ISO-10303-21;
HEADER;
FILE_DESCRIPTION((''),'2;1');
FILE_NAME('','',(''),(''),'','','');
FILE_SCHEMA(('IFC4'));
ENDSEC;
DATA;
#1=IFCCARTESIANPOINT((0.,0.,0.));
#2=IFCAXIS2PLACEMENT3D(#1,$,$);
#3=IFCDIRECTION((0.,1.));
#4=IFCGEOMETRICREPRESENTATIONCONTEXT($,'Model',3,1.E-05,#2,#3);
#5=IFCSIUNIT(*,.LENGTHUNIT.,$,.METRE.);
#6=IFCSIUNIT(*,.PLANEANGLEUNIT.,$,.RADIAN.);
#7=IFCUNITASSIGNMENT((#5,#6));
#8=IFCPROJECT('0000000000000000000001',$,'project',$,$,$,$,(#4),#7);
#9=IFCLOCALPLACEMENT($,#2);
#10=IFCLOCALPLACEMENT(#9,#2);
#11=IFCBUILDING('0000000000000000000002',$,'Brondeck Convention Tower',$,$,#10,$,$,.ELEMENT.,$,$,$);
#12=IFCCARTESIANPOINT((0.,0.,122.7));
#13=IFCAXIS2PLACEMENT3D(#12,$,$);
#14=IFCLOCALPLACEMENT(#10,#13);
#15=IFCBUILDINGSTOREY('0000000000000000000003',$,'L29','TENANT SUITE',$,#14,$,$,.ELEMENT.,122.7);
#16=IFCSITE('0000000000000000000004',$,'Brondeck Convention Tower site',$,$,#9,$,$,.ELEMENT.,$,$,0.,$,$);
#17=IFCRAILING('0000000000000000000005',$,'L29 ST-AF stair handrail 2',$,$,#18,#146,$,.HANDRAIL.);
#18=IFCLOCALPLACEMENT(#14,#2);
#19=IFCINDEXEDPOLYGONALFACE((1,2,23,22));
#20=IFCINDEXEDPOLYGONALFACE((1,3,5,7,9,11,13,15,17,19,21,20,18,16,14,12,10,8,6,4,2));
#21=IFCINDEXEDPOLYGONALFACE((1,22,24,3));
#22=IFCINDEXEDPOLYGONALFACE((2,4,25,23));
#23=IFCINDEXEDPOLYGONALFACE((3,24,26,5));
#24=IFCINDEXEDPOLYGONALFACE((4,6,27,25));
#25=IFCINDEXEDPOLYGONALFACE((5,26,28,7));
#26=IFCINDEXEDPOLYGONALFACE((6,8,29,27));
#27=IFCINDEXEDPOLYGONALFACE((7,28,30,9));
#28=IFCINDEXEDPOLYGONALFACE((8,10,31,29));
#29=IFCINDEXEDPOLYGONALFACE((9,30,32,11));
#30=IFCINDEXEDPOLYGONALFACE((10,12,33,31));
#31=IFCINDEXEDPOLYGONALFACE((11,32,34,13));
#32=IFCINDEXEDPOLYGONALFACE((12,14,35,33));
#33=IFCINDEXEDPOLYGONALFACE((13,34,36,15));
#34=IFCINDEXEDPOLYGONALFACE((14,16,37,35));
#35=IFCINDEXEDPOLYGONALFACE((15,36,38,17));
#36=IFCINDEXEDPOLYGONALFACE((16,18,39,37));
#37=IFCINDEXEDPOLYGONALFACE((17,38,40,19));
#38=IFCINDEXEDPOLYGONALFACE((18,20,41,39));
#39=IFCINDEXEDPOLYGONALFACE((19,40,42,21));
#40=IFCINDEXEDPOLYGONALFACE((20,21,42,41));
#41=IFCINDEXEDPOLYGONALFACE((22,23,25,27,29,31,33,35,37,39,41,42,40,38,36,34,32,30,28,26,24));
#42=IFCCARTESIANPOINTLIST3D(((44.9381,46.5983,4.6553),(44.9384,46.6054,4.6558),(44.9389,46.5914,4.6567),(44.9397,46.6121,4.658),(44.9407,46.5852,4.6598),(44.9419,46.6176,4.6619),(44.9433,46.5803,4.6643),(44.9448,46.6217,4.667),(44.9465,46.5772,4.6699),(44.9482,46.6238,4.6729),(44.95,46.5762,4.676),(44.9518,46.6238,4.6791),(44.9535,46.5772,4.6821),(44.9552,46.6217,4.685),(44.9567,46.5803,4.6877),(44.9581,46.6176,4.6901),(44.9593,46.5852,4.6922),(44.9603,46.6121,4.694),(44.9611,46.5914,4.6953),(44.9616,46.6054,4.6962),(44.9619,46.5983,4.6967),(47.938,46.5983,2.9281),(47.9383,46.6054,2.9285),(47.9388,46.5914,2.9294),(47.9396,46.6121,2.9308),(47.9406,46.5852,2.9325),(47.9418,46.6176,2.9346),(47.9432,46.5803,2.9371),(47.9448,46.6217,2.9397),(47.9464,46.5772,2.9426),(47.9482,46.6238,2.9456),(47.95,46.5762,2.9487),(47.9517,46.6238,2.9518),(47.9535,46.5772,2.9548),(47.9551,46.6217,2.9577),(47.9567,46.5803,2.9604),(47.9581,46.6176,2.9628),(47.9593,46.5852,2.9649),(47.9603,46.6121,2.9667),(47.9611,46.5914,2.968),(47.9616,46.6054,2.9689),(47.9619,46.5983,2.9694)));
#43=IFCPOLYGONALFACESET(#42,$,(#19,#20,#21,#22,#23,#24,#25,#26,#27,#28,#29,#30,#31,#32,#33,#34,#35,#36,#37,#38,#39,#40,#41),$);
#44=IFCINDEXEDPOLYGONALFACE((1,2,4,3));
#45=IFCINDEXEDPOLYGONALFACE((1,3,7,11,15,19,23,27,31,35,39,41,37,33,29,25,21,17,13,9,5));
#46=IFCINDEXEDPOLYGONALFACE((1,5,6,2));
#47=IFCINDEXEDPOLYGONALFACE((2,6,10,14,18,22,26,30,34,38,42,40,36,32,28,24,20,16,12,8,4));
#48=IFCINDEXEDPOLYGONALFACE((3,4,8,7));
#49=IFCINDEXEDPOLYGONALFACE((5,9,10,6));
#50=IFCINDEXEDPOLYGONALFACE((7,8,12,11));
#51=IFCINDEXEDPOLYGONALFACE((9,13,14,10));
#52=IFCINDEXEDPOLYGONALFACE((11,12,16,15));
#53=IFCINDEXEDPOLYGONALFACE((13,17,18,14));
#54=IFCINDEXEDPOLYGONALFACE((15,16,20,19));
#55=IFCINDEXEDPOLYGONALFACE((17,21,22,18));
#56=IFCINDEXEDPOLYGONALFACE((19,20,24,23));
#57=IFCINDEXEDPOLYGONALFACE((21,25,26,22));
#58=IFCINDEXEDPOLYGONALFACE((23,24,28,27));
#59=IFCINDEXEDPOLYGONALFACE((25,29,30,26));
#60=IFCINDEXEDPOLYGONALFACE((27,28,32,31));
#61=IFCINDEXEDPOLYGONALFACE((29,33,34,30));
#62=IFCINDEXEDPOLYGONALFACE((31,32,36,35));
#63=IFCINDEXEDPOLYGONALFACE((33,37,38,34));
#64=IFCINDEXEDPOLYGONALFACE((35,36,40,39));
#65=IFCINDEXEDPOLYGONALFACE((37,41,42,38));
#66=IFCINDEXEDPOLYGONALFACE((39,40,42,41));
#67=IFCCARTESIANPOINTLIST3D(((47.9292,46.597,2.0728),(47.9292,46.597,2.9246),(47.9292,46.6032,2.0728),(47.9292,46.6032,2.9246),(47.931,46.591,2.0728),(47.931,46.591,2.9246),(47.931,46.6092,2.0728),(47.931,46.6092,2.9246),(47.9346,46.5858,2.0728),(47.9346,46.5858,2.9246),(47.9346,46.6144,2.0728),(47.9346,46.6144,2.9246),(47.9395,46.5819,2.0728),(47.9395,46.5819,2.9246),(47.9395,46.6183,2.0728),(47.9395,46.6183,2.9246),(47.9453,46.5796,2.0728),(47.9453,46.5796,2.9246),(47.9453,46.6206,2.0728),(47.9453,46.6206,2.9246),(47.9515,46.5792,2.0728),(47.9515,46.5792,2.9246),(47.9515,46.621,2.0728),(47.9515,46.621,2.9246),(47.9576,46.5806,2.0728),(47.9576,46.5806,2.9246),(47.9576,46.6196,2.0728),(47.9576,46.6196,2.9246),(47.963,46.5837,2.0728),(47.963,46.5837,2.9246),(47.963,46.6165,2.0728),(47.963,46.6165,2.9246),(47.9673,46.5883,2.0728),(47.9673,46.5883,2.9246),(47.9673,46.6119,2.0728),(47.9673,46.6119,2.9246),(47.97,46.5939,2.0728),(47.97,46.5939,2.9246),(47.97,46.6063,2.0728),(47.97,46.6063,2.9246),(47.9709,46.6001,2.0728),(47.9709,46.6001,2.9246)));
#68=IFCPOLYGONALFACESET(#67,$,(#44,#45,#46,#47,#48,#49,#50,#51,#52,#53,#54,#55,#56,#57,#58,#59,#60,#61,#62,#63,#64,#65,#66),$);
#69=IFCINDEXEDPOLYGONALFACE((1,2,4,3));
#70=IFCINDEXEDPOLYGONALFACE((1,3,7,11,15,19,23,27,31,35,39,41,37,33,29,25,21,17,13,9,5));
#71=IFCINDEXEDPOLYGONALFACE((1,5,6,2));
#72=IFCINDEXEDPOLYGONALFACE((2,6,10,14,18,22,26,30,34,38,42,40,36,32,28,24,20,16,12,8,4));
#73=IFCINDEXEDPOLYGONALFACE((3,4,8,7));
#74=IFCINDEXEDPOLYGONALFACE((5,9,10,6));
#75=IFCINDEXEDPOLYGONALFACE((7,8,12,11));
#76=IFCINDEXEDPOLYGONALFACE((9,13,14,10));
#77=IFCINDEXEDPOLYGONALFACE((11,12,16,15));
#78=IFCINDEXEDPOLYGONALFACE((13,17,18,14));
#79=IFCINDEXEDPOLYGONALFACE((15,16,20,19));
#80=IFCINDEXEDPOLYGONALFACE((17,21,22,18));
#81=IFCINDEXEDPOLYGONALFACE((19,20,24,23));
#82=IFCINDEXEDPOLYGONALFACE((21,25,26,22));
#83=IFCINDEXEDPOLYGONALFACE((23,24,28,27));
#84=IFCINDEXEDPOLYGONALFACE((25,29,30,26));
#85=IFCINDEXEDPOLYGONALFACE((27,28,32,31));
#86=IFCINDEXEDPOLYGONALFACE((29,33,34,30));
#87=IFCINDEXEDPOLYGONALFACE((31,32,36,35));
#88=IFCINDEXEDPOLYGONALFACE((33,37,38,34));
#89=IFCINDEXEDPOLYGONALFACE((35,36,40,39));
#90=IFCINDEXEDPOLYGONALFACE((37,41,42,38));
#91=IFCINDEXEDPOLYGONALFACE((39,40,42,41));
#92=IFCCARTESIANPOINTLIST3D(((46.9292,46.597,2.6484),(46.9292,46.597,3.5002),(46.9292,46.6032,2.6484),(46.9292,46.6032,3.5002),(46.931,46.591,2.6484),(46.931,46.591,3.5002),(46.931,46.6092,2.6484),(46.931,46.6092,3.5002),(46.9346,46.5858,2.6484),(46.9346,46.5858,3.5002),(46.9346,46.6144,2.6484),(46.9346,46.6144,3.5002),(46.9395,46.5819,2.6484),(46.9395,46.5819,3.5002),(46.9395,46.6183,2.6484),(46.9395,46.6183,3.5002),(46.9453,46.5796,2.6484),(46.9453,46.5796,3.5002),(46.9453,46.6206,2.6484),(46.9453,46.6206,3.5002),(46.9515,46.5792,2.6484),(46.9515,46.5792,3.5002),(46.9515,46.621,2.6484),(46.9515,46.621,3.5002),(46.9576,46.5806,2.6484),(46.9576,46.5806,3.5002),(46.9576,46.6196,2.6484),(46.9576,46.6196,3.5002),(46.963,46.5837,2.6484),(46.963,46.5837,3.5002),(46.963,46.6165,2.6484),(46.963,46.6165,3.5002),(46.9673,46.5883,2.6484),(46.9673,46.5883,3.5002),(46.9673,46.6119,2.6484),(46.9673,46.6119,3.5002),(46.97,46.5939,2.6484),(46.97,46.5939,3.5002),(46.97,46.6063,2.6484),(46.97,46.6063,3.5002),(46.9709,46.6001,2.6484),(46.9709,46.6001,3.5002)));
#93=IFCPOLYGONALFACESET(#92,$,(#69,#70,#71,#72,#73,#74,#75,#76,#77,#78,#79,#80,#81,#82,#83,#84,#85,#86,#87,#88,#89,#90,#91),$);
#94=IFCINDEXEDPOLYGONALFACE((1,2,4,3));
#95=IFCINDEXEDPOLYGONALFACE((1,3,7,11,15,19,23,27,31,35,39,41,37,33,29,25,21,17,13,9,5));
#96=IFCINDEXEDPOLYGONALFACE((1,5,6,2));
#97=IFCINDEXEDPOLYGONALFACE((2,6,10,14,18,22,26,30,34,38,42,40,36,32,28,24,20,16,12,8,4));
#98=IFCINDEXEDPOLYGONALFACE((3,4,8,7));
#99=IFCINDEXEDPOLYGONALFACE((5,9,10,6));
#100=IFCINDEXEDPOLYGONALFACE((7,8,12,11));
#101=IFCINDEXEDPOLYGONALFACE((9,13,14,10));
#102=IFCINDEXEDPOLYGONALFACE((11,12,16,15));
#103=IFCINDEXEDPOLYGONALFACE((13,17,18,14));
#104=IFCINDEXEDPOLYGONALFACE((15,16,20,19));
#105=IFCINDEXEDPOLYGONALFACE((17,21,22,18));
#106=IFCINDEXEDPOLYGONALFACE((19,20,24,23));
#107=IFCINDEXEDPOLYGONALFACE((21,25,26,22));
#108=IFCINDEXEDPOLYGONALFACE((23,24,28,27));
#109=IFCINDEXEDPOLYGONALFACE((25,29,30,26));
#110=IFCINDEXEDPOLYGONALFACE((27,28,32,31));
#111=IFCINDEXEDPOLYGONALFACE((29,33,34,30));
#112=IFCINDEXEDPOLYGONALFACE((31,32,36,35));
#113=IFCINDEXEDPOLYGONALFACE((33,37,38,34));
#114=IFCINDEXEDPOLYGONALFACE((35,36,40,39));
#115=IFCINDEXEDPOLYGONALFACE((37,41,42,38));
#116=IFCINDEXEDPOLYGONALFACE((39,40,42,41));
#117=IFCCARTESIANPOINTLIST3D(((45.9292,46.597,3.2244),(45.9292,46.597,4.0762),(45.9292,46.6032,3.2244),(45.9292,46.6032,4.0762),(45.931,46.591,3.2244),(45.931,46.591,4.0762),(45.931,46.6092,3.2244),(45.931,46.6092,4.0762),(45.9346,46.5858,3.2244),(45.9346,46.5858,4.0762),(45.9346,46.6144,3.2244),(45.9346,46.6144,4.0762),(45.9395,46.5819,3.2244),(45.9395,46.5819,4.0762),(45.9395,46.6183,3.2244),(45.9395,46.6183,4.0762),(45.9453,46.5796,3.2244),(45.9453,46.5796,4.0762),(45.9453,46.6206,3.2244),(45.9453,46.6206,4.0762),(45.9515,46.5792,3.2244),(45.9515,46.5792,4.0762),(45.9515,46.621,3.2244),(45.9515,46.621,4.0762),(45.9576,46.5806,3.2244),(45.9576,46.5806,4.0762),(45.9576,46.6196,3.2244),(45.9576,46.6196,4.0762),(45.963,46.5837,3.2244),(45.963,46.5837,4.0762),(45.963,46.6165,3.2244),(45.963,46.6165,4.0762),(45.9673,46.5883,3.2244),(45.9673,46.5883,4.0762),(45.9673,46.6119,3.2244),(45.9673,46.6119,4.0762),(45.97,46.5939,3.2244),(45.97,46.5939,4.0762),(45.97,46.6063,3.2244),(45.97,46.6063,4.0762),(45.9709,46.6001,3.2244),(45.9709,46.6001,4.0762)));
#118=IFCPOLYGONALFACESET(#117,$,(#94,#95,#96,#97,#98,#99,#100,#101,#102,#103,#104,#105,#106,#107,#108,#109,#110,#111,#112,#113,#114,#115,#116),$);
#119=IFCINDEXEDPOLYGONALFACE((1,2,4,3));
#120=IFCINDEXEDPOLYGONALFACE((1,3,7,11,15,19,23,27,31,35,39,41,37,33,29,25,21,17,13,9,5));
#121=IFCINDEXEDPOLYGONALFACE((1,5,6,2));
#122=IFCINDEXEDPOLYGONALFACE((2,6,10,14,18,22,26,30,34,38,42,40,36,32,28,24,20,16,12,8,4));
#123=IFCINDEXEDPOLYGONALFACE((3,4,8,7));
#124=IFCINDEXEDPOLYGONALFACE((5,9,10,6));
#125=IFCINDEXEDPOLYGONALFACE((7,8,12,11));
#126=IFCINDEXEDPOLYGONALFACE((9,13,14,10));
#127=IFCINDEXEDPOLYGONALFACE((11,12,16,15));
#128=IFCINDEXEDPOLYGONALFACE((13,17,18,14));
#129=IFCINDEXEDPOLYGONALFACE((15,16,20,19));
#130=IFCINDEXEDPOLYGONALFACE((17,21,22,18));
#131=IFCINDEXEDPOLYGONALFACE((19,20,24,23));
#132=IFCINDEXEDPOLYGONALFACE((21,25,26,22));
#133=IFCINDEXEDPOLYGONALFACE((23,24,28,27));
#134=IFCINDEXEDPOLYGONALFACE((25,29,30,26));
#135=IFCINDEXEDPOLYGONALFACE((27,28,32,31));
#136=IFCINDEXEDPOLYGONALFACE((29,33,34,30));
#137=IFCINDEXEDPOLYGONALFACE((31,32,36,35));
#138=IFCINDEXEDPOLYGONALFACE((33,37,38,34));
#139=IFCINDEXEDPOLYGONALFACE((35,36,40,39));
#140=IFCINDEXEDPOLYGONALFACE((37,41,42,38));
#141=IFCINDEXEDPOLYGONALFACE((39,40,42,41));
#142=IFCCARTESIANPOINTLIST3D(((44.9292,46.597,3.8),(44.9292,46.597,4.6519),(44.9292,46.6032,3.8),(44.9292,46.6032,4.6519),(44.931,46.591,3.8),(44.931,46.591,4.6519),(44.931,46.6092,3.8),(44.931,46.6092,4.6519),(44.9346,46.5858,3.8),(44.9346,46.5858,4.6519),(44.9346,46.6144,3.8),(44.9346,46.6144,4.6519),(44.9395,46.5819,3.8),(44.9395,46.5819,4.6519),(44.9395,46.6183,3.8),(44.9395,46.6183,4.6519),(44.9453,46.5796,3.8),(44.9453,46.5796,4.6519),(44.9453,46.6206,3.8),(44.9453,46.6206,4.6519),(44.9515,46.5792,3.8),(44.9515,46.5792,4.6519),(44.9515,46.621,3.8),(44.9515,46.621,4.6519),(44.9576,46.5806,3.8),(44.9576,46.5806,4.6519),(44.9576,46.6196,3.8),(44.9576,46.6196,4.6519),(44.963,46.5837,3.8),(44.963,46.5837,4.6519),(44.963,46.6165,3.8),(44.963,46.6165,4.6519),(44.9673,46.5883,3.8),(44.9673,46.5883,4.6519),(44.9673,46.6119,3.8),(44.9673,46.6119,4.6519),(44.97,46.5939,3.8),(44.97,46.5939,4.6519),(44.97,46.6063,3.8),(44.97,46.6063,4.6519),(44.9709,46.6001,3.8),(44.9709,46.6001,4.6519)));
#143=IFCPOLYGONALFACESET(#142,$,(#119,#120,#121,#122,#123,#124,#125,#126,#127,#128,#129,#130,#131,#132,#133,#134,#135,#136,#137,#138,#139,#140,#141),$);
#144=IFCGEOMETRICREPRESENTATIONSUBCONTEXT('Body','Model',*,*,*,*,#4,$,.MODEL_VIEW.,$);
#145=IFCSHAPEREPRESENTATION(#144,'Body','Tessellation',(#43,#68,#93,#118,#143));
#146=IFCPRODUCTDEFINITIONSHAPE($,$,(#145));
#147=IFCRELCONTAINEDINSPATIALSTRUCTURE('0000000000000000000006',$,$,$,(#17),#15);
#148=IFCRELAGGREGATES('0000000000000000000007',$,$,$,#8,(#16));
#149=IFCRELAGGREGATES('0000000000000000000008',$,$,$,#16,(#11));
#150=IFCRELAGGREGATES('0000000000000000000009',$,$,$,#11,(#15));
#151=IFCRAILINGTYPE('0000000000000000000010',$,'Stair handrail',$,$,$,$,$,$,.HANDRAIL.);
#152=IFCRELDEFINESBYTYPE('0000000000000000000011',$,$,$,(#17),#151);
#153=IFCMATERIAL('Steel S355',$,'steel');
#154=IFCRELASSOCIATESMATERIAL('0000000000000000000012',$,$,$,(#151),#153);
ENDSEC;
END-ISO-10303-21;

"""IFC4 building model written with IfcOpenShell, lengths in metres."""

from ifc_helpers import new_model, si_unit, direction, frame, origin, origin_2d, place, context, subcontext, project, spatial, circle, extrude, material, type_object, element, save


model = new_model("IFC4")

# Units and contexts
model_context = context("Model", 3, precision=1e-05, world=origin(), true_north=direction((0.0, 1.0)))
body_context = subcontext(model_context, "Body", "Model", "MODEL_VIEW")
ifc_project = project(units=[si_unit("LENGTHUNIT", "METRE"), si_unit("PLANEANGLEUNIT", "RADIAN")], contexts=[model_context])

# Site, building, storey
site_placement = place(None, origin())
site = spatial("IfcSite", under=ifc_project, at=site_placement, Name="Brondeck Convention Tower site", CompositionType="ELEMENT", RefElevation=0.0)
building_placement = place(site_placement, origin())
building = spatial("IfcBuilding", under=site, at=building_placement, Name="Brondeck Convention Tower", CompositionType="ELEMENT")
storey_placement = place(building_placement, frame((0.0, 0.0, 122.7)))
storey = spatial("IfcBuildingStorey", under=building, at=storey_placement, Name="L29", Description="TENANT SUITE", CompositionType="ELEMENT", Elevation=122.7)

# Shared definitions
ifc_material_1 = material(Name="Steel S355", Category="steel")

# Railing
railing_type = type_object("IfcRailingType", Name="Stair handrail", PredefinedType="HANDRAIL", material=ifc_material_1)
railing_placement = place(storey_placement, frame((47.95, 46.6001, 2.0728)))
element("IfcRailing", 1, at=railing_placement, inside=storey, type_object=railing_type, Name="L29 ST-AF stair handrail 2", PredefinedType="HANDRAIL", context=body_context, shape_type="SweptSolid", body=[
    extrude(circle(Radius=0.0239, at=origin_2d()), frame((0.0, 0.0, 0.876), z_axis=(-0.86662, 0.0, 0.498969), x_axis=(0.0, -1.0, 0.0)), (0.0, 0.0, 1.0), 3.4617),
    extrude(circle(Radius=0.021, at=origin_2d()), origin(), (0.0, 0.0, 1.0), 0.8518),
    extrude(circle(Radius=0.021, at=origin_2d()), frame((-1.0, 0.0, 0.5757)), (0.0, 0.0, 1.0), 0.8518),
    extrude(circle(Radius=0.021, at=origin_2d()), frame((-2.0, 0.0, 1.1516)), (0.0, 0.0, 1.0), 0.8518),
    extrude(circle(Radius=0.021, at=origin_2d()), frame((-3.0, 0.0, 1.7273)), (0.0, 0.0, 1.0), 0.8518),
])

save(model, "model.ifc")
